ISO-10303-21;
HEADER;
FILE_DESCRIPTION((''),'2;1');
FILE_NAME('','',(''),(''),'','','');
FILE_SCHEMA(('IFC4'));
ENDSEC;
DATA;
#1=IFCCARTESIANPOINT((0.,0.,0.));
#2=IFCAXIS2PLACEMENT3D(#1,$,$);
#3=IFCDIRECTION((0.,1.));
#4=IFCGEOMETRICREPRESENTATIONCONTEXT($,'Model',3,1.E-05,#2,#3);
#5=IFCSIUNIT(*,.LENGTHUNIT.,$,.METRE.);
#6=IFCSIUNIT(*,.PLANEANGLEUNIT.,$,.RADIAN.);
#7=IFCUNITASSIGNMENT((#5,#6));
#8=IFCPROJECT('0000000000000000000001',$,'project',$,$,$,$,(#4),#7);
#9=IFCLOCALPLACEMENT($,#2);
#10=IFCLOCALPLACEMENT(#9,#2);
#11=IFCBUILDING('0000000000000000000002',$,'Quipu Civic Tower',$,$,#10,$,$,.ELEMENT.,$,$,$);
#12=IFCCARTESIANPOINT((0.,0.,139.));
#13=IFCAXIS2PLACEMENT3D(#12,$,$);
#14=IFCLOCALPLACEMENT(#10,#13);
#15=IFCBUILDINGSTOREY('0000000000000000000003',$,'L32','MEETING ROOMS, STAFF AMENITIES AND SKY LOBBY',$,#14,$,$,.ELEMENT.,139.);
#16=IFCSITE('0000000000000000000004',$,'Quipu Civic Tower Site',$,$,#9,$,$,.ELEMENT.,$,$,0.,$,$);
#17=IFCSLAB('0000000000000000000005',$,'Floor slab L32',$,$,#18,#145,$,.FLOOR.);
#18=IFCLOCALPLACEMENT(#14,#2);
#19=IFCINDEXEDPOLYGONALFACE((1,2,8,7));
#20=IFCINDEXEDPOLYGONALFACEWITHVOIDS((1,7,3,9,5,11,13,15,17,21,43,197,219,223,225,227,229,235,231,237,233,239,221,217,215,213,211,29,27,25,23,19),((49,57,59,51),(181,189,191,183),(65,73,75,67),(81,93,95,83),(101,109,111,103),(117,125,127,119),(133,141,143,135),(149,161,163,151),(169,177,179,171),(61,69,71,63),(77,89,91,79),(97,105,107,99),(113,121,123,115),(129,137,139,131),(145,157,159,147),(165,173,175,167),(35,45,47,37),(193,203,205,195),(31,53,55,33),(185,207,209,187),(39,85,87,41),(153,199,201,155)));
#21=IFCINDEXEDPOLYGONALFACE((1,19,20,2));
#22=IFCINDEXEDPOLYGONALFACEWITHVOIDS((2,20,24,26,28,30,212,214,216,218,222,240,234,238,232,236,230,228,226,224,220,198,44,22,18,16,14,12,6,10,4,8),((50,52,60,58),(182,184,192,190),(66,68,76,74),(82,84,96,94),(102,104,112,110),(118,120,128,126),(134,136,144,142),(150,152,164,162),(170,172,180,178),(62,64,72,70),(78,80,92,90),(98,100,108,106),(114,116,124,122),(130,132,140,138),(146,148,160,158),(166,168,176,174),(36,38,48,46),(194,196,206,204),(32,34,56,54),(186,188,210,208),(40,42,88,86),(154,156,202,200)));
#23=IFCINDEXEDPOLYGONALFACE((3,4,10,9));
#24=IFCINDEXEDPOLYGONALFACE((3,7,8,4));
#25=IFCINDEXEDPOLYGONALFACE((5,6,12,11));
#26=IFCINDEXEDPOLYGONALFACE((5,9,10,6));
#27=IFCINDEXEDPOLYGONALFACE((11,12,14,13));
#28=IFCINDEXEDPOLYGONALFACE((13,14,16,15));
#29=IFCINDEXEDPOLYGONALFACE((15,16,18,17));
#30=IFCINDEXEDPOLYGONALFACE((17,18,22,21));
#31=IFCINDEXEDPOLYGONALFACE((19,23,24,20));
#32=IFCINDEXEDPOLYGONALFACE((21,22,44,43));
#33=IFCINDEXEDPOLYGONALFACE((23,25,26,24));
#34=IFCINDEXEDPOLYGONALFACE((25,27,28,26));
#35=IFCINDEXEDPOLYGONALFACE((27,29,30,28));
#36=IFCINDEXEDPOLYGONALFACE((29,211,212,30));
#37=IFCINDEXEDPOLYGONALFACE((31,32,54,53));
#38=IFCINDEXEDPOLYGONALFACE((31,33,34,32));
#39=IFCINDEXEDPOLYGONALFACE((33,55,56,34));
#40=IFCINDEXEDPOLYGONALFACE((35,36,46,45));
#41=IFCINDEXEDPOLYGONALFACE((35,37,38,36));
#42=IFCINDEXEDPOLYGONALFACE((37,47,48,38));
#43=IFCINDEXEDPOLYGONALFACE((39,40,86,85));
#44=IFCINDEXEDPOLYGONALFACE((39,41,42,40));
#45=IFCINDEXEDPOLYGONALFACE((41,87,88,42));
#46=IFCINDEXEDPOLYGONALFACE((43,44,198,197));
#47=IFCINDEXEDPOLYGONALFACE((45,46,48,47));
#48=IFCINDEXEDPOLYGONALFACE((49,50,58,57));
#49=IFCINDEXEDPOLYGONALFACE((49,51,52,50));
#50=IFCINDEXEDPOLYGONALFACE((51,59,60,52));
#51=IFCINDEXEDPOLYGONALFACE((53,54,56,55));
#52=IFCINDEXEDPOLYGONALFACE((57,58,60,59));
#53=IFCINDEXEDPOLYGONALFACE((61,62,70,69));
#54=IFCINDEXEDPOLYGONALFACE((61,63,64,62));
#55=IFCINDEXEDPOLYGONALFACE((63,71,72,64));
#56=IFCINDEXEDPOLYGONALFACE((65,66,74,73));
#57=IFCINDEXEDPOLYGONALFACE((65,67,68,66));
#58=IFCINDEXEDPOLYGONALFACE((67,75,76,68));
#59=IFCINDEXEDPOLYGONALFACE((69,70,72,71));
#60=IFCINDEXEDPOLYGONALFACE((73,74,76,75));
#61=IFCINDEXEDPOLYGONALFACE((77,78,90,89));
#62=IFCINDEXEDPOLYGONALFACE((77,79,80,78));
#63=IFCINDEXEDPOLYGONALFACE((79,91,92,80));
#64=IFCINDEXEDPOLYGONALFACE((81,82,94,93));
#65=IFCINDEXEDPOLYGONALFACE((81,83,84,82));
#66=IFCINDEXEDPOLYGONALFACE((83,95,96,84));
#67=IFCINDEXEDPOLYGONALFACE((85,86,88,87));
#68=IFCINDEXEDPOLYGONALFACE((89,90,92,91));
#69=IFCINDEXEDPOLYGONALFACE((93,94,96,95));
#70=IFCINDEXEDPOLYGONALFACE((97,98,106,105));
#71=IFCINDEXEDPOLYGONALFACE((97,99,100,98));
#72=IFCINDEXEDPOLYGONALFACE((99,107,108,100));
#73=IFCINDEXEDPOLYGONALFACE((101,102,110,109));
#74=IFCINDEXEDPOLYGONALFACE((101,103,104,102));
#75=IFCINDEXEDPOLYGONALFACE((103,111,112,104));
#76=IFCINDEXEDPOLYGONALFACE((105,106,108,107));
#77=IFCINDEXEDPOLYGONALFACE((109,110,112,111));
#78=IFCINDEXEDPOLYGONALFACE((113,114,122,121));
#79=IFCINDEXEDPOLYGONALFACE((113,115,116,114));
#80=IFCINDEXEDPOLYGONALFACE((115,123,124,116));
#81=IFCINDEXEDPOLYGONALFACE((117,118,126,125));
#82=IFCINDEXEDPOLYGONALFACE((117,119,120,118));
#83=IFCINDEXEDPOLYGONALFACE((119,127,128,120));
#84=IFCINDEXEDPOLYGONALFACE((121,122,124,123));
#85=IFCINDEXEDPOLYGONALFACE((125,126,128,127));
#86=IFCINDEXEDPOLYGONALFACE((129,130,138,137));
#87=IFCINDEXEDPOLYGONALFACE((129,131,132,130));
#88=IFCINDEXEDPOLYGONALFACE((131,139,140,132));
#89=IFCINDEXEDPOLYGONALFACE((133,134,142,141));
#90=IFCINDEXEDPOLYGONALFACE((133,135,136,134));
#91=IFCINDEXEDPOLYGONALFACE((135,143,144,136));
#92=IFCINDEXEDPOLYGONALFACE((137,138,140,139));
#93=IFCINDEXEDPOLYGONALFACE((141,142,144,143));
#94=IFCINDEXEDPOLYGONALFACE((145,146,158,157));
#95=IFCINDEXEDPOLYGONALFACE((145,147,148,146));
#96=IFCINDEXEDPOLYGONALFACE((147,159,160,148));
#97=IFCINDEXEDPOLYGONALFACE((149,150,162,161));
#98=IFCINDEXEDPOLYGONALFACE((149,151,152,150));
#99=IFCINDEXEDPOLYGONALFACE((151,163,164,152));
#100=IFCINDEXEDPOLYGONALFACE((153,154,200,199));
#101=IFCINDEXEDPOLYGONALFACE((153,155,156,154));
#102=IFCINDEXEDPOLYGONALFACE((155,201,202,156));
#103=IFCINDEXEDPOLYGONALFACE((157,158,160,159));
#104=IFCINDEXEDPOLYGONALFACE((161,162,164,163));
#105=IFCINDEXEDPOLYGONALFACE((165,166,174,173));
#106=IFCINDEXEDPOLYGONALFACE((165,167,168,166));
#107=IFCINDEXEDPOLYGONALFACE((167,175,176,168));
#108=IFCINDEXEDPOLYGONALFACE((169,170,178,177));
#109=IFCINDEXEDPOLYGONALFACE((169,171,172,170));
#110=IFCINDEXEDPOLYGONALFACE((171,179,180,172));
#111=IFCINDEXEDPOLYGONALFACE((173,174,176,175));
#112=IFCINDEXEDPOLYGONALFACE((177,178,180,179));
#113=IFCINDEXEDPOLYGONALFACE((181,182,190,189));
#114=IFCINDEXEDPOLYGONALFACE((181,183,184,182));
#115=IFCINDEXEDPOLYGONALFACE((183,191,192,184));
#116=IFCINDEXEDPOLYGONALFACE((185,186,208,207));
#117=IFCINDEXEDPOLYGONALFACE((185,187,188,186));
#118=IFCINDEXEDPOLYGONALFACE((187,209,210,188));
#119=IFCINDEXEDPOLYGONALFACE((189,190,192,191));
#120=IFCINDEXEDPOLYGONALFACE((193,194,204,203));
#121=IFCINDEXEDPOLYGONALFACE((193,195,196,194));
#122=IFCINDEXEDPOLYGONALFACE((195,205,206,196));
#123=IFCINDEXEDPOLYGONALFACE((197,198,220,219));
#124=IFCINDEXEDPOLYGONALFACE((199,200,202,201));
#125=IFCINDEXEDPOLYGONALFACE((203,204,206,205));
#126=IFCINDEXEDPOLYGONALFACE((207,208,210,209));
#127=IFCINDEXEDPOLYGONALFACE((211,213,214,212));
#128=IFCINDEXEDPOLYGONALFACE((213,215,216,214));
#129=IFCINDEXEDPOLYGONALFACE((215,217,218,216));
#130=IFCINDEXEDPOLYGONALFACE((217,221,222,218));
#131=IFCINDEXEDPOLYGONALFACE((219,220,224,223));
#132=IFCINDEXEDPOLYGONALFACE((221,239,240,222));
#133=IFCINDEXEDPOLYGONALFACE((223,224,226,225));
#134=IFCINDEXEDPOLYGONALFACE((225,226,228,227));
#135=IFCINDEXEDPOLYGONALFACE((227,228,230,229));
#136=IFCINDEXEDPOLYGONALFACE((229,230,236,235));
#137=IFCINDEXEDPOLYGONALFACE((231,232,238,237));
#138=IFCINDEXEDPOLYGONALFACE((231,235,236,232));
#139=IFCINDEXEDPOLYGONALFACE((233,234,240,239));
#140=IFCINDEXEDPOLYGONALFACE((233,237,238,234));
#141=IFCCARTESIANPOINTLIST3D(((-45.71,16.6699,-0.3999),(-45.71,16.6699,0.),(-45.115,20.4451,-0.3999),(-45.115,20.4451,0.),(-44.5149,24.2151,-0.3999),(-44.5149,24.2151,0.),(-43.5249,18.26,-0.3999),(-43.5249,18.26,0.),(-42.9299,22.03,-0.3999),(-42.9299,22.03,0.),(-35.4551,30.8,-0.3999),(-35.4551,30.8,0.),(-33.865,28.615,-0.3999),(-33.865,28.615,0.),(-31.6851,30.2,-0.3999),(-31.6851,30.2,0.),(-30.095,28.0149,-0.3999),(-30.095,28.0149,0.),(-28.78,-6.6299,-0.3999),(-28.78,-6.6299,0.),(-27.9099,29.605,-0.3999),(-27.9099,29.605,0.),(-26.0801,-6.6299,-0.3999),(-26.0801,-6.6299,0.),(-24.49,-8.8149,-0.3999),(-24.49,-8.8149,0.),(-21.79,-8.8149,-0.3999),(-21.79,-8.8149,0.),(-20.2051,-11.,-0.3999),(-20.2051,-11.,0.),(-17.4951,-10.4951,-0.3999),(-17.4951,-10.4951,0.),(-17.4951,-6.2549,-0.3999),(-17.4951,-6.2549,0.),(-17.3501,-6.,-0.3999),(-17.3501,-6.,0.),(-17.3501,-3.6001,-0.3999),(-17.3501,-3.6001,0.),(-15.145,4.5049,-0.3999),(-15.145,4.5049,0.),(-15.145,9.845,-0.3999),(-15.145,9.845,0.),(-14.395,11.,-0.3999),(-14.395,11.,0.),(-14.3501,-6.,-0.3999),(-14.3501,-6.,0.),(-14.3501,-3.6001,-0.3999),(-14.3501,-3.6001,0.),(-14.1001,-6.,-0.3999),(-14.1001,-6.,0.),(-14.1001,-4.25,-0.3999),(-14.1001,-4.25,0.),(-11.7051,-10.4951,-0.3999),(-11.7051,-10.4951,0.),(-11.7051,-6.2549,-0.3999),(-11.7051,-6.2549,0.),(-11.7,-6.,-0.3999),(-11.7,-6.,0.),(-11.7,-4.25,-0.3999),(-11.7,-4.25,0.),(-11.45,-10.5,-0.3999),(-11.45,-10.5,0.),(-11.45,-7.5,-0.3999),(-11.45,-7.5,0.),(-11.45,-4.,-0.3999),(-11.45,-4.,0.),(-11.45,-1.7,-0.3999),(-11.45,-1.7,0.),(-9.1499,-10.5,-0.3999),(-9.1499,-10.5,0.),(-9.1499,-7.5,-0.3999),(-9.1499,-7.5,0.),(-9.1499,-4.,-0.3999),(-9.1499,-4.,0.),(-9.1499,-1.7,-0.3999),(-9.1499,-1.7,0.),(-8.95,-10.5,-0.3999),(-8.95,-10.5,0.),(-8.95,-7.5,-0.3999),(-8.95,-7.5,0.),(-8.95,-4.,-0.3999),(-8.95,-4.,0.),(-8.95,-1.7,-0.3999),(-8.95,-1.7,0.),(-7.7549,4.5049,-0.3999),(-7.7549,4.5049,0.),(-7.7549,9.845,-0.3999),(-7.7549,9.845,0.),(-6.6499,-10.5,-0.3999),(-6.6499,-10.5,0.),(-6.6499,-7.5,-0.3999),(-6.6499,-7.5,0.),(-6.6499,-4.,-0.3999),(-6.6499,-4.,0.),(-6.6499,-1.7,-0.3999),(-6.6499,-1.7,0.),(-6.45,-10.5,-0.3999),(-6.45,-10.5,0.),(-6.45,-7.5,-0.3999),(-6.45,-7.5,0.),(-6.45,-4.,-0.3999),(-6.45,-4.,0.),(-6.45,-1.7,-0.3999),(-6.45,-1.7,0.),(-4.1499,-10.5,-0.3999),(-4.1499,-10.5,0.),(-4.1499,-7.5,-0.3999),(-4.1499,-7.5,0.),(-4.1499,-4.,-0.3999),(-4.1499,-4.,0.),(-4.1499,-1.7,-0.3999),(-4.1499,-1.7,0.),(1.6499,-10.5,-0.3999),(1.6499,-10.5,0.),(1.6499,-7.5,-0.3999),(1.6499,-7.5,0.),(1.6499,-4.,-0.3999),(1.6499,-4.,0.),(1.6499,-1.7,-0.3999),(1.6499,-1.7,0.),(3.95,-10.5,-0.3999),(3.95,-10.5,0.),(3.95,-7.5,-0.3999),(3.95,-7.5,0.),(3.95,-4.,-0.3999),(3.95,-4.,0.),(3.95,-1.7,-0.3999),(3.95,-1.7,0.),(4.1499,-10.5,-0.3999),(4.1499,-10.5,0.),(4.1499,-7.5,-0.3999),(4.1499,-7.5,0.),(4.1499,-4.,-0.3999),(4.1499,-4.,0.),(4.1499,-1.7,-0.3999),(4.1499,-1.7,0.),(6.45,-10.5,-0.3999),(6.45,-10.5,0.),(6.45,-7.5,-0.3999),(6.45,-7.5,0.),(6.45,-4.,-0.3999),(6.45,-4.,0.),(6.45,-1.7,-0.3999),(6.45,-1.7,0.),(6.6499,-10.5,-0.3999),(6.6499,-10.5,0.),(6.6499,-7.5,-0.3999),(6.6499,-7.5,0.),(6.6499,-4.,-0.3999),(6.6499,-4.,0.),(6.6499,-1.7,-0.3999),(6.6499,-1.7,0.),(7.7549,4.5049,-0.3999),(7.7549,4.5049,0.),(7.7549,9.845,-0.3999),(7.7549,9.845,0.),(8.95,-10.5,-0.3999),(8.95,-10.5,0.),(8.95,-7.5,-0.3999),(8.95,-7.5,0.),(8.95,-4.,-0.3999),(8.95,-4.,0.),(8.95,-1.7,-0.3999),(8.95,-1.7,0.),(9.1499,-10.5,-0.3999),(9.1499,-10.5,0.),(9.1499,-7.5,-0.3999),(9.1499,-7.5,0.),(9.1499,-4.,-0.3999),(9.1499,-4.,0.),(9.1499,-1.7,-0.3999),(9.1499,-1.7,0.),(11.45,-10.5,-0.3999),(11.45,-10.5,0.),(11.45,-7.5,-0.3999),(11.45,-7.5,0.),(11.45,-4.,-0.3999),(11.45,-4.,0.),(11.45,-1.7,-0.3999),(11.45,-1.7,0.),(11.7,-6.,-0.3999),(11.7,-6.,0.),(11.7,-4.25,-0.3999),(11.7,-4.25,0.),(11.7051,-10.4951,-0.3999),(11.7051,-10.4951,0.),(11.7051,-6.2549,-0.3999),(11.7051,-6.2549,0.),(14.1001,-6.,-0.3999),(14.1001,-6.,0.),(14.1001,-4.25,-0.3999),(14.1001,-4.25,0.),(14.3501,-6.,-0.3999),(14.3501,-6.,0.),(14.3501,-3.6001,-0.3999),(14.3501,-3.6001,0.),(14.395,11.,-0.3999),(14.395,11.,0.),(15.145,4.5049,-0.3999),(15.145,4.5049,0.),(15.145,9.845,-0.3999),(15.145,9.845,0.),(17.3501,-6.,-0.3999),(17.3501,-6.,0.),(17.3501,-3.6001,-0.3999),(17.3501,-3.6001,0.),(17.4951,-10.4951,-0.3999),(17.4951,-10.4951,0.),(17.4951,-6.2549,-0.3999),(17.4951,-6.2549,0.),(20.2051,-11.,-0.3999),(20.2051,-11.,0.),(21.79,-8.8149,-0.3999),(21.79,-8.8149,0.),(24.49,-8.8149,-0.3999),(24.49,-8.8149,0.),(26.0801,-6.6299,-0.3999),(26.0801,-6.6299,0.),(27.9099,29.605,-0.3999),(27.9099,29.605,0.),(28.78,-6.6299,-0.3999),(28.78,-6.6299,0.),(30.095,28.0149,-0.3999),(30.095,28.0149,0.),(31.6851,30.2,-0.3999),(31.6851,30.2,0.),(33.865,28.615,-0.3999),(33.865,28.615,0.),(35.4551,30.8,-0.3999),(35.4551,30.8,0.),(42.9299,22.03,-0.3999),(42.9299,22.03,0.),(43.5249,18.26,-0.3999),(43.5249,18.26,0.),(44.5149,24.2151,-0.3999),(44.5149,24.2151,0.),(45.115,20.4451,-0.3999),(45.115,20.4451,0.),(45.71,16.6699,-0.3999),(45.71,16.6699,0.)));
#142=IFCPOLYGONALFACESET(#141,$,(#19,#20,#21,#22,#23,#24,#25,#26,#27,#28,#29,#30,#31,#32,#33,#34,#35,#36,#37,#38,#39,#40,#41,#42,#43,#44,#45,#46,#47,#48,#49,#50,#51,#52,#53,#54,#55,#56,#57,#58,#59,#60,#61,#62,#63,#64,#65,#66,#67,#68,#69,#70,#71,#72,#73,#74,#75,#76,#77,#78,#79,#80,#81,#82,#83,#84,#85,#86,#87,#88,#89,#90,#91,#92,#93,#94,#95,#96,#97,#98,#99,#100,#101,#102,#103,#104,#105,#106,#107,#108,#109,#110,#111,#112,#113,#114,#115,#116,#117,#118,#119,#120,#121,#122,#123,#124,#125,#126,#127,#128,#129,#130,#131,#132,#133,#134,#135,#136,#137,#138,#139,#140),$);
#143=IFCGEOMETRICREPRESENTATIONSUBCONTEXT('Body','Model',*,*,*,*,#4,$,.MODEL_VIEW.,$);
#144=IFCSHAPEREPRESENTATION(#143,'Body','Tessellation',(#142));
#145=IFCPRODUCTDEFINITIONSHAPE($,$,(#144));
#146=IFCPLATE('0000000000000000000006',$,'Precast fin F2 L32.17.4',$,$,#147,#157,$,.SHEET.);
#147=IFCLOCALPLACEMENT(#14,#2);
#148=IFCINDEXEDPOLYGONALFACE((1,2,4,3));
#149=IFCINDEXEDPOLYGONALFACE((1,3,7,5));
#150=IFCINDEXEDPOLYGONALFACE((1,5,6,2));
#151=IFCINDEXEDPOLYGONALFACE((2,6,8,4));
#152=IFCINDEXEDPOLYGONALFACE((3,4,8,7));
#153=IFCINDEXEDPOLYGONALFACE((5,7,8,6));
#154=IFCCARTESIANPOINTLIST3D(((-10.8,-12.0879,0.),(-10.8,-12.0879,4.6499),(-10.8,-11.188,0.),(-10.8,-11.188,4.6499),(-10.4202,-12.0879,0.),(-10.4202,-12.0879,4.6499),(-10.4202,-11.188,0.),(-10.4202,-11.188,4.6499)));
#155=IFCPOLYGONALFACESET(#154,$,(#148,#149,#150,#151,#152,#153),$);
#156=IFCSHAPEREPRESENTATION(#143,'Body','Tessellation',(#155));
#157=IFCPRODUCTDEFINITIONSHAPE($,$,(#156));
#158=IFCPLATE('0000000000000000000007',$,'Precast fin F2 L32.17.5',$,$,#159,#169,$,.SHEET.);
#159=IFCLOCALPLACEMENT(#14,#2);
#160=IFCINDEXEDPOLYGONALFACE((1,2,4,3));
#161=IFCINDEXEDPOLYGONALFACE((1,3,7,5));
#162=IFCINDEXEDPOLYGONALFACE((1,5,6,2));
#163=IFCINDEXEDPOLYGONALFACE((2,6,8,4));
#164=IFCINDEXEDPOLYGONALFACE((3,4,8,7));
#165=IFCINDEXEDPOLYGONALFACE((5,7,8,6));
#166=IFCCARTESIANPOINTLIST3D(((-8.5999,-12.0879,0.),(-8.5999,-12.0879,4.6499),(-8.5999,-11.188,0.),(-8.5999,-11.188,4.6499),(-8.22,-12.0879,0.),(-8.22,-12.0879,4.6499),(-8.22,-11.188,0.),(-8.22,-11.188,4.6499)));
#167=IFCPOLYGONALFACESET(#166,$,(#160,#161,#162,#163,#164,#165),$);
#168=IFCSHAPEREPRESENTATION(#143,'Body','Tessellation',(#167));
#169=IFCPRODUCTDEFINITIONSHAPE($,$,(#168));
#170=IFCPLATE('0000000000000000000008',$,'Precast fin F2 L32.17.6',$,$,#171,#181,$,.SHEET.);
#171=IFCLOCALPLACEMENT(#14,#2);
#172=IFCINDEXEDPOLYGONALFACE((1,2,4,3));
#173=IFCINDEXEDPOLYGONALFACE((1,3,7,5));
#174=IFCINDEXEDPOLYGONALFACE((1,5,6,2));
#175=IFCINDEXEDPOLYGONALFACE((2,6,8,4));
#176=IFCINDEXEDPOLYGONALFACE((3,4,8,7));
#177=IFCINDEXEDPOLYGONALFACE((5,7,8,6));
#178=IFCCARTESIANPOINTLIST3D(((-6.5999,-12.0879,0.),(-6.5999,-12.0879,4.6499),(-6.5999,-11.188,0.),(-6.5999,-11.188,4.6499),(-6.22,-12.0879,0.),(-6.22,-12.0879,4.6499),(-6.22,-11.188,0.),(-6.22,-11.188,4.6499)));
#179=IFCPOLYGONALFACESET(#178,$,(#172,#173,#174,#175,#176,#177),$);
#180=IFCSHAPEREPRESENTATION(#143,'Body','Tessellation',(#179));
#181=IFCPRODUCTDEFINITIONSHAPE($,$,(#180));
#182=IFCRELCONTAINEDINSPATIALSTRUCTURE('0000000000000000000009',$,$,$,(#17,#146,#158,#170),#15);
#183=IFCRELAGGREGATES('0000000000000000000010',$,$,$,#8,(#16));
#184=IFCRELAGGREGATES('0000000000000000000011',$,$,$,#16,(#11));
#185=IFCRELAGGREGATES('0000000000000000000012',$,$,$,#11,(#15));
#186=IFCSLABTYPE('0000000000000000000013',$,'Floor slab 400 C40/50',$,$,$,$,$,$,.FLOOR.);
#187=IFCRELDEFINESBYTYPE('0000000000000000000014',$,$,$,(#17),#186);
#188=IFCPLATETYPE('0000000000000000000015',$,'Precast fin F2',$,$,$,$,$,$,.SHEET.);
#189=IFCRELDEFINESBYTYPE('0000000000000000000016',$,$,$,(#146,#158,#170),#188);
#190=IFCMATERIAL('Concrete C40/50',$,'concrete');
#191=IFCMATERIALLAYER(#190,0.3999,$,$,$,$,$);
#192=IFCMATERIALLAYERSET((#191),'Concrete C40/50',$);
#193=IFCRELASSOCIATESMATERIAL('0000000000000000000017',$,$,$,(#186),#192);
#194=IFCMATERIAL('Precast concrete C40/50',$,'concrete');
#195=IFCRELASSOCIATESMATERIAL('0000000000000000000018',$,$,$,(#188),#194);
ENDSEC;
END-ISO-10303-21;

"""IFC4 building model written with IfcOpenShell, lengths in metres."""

from ifc_helpers import new_model, si_unit, direction, frame, origin, origin_2d, place, context, subcontext, project, spatial, polyline, rectangle, outline, extrude, material, layer, layer_set, type_object, element, save


model = new_model("IFC4")

# Units and contexts
model_context = context("Model", 3, precision=1e-05, world=origin(), true_north=direction((0.0, 1.0)))
body_context = subcontext(model_context, "Body", "Model", "MODEL_VIEW")
ifc_project = project(units=[si_unit("LENGTHUNIT", "METRE"), si_unit("PLANEANGLEUNIT", "RADIAN")], contexts=[model_context])

# Site, building, storey
site_placement = place(None, origin())
site = spatial("IfcSite", under=ifc_project, at=site_placement, Name="Quipu Civic Tower Site", CompositionType="ELEMENT", RefElevation=0.0)
building_placement = place(site_placement, origin())
building = spatial("IfcBuilding", under=site, at=building_placement, Name="Quipu Civic Tower", CompositionType="ELEMENT")
storey_placement = place(building_placement, frame((0.0, 0.0, 139.0)))
storey = spatial("IfcBuildingStorey", under=building, at=storey_placement, Name="L32", Description="MEETING ROOMS, STAFF AMENITIES AND SKY LOBBY", CompositionType="ELEMENT", Elevation=139.0)

# Slab
ifc_material_1 = material(Name="Concrete C40/50", Category="concrete")
ifc_layer_1 = layer(ifc_material_1, 0.3999)
ifc_layer_set_1 = layer_set([ifc_layer_1], Name="Concrete C40/50")
slab_type_1 = type_object("IfcSlabType", Name="Floor slab 400 C40/50", PredefinedType="FLOOR", material=ifc_layer_set_1)
slab_1_placement = place(storey_placement, frame((0.0, 0.0, -0.3999)))
element("IfcSlab", 1, at=slab_1_placement, inside=storey, type_object=slab_type_1, Name="Floor slab L32", PredefinedType="FLOOR", context=body_context, shape_type="SweptSolid", body=[
    extrude(outline(polyline([(27.9099, 29.605), (30.095, 28.0149), (31.6851, 30.2), (33.865, 28.615), (35.4551, 30.8), (44.5149, 24.2151), (42.9299, 22.03), (45.115, 20.4451), (43.5249, 18.26), (45.71, 16.6699), (28.78, -6.6299), (26.0801, -6.6299), (24.49, -8.8149), (21.79, -8.8149), (20.2051, -11.0), (-20.2051, -11.0), (-21.79, -8.8149), (-24.49, -8.8149), (-26.0801, -6.6299), (-28.78, -6.6299), (-45.71, 16.6699), (-43.5249, 18.26), (-45.115, 20.4451), (-42.9299, 22.03), (-44.5149, 24.2151), (-35.4551, 30.8), (-33.865, 28.615), (-31.6851, 30.2), (-30.095, 28.0149), (-27.9099, 29.605), (-14.395, 11.0), (14.395, 11.0), (27.9099, 29.605)]), holes=[polyline([(-11.45, -7.5), (-11.45, -10.5), (-9.1499, -10.5), (-9.1499, -7.5), (-11.45, -7.5)]), polyline([(-8.95, -7.5), (-8.95, -10.5), (-6.6499, -10.5), (-6.6499, -7.5), (-8.95, -7.5)]), polyline([(-6.45, -7.5), (-6.45, -10.5), (-4.1499, -10.5), (-4.1499, -7.5), (-6.45, -7.5)]), polyline([(3.95, -7.5), (1.6499, -7.5), (1.6499, -10.5), (3.95, -10.5), (3.95, -7.5)]), polyline([(-11.7051, -10.4951), (-11.7051, -6.2549), (-17.4951, -6.2549), (-17.4951, -10.4951), (-11.7051, -10.4951)]), polyline([(-14.1001, -4.25), (-14.1001, -6.0), (-11.7, -6.0), (-11.7, -4.25), (-14.1001, -4.25)]), polyline([(-14.3501, -3.6001), (-17.3501, -3.6001), (-17.3501, -6.0), (-14.3501, -6.0), (-14.3501, -3.6001)]), polyline([(-9.1499, -1.7), (-11.45, -1.7), (-11.45, -4.0), (-9.1499, -4.0), (-9.1499, -1.7)]), polyline([(-8.95, -1.7), (-8.95, -4.0), (-6.6499, -4.0), (-6.6499, -1.7), (-8.95, -1.7)]), polyline([(-4.1499, -1.7), (-6.45, -1.7), (-6.45, -4.0), (-4.1499, -4.0), (-4.1499, -1.7)]), polyline([(-7.7549, 4.5049), (-7.7549, 9.845), (-15.145, 9.845), (-15.145, 4.5049), (-7.7549, 4.5049)]), polyline([(4.1499, -7.5), (4.1499, -10.5), (6.45, -10.5), (6.45, -7.5), (4.1499, -7.5)]), polyline([(6.6499, -7.5), (6.6499, -10.5), (8.95, -10.5), (8.95, -7.5), (6.6499, -7.5)]), polyline([(9.1499, -7.5), (9.1499, -10.5), (11.45, -10.5), (11.45, -7.5), (9.1499, -7.5)]), polyline([(11.7051, -6.2549), (11.7051, -10.4951), (17.4951, -10.4951), (17.4951, -6.2549), (11.7051, -6.2549)]), polyline([(14.1001, -4.25), (11.7, -4.25), (11.7, -6.0), (14.1001, -6.0), (14.1001, -4.25)]), polyline([(14.3501, -3.6001), (14.3501, -6.0), (17.3501, -6.0), (17.3501, -3.6001), (14.3501, -3.6001)]), polyline([(3.95, -1.7), (1.6499, -1.7), (1.6499, -4.0), (3.95, -4.0), (3.95, -1.7)]), polyline([(6.45, -1.7), (4.1499, -1.7), (4.1499, -4.0), (6.45, -4.0), (6.45, -1.7)]), polyline([(6.6499, -1.7), (6.6499, -4.0), (8.95, -4.0), (8.95, -1.7), (6.6499, -1.7)]), polyline([(11.45, -1.7), (9.1499, -1.7), (9.1499, -4.0), (11.45, -4.0), (11.45, -1.7)]), polyline([(7.7549, 9.845), (7.7549, 4.5049), (15.145, 4.5049), (15.145, 9.845), (7.7549, 9.845)])]), origin(), (0.0, 0.0, 1.0), 0.3999),
])

# Plates
ifc_material_2 = material(Name="Precast concrete C40/50", Category="concrete")
plate_type = type_object("IfcPlateType", Name="Precast fin F2", PredefinedType="SHEET", material=ifc_material_2)
for number, where, z_axis, x_axis, name in (
    (2, (-10.6101, -11.6379, 0.0), (0.0, 0.0, 1.0), (1.0, 0.0, 0.0), "Precast fin F2 L32.17.4"),
    (3, (-8.4099, -11.6379, 0.0), (0.0, 0.0, 1.0), (1.0, 0.0, 0.0), "Precast fin F2 L32.17.5"),
    (4, (-6.4099, -11.6379, 0.0), (0.0, 0.0, 1.0), (1.0, 0.0, 0.0), "Precast fin F2 L32.17.6"),
):
    element("IfcPlate", number, at=place(storey_placement, frame(where, z_axis=z_axis, x_axis=x_axis)), inside=storey, type_object=plate_type, Name=name, PredefinedType="SHEET", context=body_context, shape_type="SweptSolid", body=[
        extrude(rectangle(XDim=0.3799, YDim=0.8999, at=origin_2d()), origin(), (0.0, 0.0, 1.0), 4.6499),
    ])

save(model, "model.ifc")
